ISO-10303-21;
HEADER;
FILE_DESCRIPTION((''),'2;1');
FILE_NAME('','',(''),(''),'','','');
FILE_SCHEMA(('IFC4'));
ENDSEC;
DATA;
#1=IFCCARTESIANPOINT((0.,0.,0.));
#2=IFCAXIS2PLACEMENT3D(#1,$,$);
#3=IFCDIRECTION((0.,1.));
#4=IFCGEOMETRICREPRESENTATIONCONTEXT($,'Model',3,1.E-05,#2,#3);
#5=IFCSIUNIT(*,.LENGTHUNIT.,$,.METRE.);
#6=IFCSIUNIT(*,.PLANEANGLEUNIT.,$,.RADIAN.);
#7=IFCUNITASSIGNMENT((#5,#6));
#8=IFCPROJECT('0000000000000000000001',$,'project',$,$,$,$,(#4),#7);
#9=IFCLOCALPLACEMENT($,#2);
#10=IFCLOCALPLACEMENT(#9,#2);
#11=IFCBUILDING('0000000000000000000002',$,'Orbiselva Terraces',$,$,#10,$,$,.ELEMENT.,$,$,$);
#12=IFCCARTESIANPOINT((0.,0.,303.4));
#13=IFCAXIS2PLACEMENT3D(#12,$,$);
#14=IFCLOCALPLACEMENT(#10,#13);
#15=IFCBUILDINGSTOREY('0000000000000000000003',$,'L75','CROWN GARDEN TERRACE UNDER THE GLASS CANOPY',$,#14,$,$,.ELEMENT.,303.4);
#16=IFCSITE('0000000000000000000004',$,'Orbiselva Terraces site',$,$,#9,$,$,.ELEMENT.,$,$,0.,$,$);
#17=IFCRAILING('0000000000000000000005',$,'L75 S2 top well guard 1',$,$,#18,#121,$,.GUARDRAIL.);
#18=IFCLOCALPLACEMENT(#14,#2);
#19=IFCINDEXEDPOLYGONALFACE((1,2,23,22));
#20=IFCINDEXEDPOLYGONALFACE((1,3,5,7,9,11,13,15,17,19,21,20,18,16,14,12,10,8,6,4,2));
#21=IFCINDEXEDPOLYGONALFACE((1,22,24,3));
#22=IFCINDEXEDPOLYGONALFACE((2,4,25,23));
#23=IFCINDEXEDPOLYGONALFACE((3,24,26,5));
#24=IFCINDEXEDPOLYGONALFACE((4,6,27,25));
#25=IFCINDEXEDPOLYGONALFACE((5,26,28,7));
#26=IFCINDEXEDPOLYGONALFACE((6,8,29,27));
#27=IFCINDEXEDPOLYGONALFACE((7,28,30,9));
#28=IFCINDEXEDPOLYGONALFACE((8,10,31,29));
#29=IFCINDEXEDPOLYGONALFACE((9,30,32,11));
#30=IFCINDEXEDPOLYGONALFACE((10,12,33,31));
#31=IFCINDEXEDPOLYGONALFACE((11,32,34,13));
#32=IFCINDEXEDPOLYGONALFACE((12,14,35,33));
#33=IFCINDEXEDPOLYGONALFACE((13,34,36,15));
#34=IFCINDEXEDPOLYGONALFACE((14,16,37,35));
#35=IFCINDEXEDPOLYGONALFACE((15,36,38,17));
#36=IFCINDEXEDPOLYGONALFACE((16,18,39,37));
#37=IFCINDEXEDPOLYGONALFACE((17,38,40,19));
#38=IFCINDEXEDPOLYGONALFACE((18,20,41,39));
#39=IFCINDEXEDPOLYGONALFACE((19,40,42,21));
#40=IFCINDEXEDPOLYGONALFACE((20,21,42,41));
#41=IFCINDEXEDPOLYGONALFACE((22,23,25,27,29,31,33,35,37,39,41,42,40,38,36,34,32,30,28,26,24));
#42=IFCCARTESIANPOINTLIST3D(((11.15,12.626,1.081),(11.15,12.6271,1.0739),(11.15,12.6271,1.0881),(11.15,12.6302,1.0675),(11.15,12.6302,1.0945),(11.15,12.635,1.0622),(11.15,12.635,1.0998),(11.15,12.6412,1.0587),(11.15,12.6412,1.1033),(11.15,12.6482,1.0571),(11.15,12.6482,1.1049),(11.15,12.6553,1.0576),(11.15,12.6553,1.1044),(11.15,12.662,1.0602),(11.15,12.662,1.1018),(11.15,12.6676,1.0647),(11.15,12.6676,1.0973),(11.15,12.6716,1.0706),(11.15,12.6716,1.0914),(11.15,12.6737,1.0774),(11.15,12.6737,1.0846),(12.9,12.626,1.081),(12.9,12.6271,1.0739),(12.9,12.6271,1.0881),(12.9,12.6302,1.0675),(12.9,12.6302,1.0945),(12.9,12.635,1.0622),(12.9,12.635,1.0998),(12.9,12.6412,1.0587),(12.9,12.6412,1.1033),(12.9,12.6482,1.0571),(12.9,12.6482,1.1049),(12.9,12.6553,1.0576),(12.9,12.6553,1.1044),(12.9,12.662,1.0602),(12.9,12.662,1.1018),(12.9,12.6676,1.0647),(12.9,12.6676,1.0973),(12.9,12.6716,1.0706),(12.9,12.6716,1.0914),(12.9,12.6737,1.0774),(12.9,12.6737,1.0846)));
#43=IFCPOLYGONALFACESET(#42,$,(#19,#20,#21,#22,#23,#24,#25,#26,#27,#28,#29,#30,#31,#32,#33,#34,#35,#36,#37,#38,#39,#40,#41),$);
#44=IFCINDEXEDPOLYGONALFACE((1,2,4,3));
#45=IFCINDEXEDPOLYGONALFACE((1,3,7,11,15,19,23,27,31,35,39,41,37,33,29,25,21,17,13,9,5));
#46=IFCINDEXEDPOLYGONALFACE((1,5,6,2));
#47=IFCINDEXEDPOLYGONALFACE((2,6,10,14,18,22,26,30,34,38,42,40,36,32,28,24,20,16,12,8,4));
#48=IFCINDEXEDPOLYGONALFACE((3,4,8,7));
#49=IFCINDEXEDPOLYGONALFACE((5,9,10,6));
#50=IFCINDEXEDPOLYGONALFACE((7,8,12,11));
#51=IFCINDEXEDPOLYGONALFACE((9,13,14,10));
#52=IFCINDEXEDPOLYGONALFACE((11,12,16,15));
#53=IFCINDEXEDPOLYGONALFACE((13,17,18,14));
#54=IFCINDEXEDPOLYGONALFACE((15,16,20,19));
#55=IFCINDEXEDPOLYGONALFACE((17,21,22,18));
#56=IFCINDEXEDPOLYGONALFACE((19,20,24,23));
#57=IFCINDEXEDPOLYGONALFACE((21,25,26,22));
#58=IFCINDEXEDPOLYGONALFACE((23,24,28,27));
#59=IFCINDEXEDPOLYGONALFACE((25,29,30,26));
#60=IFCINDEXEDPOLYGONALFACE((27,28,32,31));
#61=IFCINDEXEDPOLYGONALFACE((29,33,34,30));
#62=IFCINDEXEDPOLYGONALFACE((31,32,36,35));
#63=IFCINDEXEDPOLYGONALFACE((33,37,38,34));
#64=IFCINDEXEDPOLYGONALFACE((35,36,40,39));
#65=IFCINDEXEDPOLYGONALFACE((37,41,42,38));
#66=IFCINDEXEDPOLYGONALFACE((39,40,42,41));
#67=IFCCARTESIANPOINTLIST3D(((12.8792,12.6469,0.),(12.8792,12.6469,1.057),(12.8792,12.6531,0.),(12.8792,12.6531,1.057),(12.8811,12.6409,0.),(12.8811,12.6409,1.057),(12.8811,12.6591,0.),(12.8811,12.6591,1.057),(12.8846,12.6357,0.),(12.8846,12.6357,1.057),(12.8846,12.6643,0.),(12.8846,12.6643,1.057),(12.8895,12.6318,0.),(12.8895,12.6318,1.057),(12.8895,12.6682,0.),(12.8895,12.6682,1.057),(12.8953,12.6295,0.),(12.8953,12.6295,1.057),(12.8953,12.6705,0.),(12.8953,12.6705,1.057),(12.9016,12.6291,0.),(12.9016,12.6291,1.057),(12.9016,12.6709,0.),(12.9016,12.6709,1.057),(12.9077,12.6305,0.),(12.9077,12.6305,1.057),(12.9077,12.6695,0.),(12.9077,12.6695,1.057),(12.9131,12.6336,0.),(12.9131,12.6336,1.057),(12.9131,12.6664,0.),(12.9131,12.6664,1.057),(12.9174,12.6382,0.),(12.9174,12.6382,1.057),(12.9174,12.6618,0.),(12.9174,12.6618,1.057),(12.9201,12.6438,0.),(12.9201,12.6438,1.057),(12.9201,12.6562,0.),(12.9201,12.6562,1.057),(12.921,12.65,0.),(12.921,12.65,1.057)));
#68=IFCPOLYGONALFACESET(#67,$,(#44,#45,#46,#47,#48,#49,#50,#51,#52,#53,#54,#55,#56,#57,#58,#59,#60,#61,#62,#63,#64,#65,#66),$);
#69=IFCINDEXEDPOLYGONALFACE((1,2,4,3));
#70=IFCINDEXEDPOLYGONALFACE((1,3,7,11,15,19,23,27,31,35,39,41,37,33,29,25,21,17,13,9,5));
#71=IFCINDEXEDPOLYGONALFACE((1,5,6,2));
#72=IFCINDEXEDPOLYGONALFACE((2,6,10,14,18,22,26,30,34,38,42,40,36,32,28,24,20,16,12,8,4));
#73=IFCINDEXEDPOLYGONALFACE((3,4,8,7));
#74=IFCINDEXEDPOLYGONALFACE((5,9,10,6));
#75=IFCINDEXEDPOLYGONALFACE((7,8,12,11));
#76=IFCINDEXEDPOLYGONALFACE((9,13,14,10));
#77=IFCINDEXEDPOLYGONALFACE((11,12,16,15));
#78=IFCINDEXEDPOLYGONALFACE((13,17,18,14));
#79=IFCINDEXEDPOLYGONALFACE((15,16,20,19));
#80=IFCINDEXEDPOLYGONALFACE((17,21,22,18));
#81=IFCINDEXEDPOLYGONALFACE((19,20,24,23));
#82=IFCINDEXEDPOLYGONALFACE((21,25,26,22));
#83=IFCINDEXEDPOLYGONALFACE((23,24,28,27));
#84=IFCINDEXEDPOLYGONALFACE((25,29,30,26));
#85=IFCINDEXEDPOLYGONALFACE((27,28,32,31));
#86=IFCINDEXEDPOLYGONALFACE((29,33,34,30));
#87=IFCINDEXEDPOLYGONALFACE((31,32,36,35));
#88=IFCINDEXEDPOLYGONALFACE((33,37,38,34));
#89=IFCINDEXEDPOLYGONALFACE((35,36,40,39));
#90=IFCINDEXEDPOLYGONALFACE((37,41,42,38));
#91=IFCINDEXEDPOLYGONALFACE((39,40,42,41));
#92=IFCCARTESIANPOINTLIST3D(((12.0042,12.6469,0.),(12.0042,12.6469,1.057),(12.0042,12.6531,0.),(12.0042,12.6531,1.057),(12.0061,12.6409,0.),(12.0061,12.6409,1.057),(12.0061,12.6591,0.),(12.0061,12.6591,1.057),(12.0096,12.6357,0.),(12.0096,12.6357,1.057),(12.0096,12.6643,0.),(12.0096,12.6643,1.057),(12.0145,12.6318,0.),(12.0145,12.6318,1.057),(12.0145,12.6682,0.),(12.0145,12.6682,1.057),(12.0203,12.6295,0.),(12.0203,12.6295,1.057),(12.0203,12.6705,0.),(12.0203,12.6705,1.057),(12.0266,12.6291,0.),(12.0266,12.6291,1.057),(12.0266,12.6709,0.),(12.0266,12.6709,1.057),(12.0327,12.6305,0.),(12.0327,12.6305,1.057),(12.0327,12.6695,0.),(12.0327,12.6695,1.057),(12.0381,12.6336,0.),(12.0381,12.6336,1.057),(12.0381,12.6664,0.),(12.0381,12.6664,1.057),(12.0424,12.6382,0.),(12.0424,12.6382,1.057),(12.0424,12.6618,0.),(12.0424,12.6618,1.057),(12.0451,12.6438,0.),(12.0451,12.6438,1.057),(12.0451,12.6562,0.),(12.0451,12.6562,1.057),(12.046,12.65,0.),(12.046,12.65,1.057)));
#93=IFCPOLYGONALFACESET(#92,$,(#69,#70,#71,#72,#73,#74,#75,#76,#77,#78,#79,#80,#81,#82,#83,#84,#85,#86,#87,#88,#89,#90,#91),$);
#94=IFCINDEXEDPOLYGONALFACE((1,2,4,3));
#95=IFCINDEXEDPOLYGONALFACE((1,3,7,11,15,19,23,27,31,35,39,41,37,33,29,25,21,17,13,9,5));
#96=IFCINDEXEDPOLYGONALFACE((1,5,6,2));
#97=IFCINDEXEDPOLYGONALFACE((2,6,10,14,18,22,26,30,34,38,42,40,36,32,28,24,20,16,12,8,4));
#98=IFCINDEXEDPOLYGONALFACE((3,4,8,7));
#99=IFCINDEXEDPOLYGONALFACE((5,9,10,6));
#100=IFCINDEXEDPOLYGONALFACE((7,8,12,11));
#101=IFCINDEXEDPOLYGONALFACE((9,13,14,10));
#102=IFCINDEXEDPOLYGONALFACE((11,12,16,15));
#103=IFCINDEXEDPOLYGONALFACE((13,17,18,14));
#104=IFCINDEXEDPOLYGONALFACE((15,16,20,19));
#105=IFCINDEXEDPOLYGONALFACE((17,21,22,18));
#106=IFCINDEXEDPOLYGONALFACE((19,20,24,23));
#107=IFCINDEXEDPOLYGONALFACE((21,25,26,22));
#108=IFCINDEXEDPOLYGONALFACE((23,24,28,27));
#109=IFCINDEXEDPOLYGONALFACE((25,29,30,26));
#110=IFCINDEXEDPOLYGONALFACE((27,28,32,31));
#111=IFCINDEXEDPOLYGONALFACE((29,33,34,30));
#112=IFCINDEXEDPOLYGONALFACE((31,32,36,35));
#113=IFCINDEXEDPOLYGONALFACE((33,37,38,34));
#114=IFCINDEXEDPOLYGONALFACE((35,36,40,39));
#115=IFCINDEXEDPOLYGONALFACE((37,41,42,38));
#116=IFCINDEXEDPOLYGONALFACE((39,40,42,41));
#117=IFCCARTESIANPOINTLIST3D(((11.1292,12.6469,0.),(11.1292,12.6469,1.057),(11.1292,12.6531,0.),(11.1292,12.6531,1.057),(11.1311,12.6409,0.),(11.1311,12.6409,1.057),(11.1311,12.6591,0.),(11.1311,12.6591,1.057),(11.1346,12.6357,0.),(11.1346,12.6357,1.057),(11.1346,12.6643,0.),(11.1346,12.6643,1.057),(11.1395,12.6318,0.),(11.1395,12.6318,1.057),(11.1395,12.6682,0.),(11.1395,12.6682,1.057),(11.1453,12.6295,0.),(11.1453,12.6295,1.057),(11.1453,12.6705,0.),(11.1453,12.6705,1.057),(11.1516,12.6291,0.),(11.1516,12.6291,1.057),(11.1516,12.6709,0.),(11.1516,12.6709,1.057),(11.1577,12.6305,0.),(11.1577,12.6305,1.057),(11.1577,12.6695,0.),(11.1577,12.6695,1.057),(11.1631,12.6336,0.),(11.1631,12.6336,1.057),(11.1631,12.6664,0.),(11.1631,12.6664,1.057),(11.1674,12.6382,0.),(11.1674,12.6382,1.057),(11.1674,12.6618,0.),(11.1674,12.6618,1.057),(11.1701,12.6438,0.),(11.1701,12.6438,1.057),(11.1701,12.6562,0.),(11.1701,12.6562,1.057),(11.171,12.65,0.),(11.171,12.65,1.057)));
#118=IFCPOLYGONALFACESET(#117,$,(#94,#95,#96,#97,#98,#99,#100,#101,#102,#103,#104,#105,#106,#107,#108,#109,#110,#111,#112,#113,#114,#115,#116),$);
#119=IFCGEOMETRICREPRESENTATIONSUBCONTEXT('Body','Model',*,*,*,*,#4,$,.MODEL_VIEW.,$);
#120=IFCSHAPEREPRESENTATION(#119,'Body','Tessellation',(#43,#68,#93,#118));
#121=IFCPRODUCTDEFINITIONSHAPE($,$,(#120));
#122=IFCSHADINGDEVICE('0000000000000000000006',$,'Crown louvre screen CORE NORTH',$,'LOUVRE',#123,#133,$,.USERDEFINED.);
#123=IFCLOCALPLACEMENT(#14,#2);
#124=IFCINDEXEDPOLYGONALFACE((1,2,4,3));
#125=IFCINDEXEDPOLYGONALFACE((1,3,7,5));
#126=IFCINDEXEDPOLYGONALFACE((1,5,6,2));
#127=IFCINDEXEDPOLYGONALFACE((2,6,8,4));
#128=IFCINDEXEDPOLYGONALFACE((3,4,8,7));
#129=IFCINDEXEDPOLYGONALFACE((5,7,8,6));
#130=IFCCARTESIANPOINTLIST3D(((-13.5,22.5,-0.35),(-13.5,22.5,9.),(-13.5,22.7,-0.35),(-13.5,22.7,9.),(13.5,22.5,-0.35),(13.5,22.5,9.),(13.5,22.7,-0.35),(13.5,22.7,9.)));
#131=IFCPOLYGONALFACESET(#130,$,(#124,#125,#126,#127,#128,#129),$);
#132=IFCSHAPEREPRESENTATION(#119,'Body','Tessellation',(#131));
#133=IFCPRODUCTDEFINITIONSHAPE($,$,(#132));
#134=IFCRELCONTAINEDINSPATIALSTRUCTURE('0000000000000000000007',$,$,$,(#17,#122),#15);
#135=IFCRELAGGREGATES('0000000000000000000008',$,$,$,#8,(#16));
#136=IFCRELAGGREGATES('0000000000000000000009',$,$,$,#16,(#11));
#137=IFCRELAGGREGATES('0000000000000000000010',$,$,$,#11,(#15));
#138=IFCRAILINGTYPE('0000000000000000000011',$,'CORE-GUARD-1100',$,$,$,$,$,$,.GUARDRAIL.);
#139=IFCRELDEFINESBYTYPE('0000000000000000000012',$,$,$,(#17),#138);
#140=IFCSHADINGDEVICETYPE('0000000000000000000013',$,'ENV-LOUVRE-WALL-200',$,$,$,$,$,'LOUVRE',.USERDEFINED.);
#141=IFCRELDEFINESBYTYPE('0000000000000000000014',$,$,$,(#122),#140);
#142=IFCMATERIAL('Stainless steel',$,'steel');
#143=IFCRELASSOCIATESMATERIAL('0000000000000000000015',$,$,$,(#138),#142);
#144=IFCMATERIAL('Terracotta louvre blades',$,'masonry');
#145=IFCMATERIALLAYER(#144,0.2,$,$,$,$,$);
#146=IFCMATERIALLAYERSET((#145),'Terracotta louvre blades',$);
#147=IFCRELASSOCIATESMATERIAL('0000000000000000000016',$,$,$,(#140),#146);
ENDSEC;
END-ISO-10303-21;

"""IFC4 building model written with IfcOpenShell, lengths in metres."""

from ifc_helpers import new_model, si_unit, direction, frame, origin, origin_2d, place, context, subcontext, project, spatial, polyline, circle, outline, extrude, material, layer, layer_set, type_object, element, save


model = new_model("IFC4")

# Units and contexts
model_context = context("Model", 3, precision=1e-05, world=origin(), true_north=direction((0.0, 1.0)))
body_context = subcontext(model_context, "Body", "Model", "MODEL_VIEW")
ifc_project = project(units=[si_unit("LENGTHUNIT", "METRE"), si_unit("PLANEANGLEUNIT", "RADIAN")], contexts=[model_context])

# Site, building, storey
site_placement = place(None, origin())
site = spatial("IfcSite", under=ifc_project, at=site_placement, Name="Orbiselva Terraces site", CompositionType="ELEMENT", RefElevation=0.0)
building_placement = place(site_placement, origin())
building = spatial("IfcBuilding", under=site, at=building_placement, Name="Orbiselva Terraces", CompositionType="ELEMENT")
storey_placement = place(building_placement, frame((0.0, 0.0, 303.4)))
storey = spatial("IfcBuildingStorey", under=building, at=storey_placement, Name="L75", Description="CROWN GARDEN TERRACE UNDER THE GLASS CANOPY", CompositionType="ELEMENT", Elevation=303.4)

# Railing
ifc_material_1 = material(Name="Stainless steel", Category="steel")
railing_type = type_object("IfcRailingType", Name="CORE-GUARD-1100", PredefinedType="GUARDRAIL", material=ifc_material_1)
railing_placement = place(storey_placement, frame((12.9, 12.65, 0.0)))
element("IfcRailing", 1, at=railing_placement, inside=storey, type_object=railing_type, Name="L75 S2 top well guard 1", PredefinedType="GUARDRAIL", context=body_context, shape_type="SweptSolid", body=[
    extrude(circle(Radius=0.024, at=origin_2d()), frame((0.0, 0.0, 1.081), z_axis=(-1.0, 0.0, 0.0), x_axis=(0.0, -1.0, 0.0)), (0.0, 0.0, 1.0), 1.75),
    extrude(circle(Radius=0.021, at=origin_2d()), origin(), (0.0, 0.0, 1.0), 1.057),
    extrude(circle(Radius=0.021, at=origin_2d()), frame((-0.875, 0.0, 0.0)), (0.0, 0.0, 1.0), 1.057),
    extrude(circle(Radius=0.021, at=origin_2d()), frame((-1.75, 0.0, 0.0)), (0.0, 0.0, 1.0), 1.057),
])

# Shading device
ifc_material_2 = material(Name="Terracotta louvre blades", Category="masonry")
ifc_layer_1 = layer(ifc_material_2, 0.2)
ifc_layer_set_1 = layer_set([ifc_layer_1], Name="Terracotta louvre blades")
shading_device_type = type_object("IfcShadingDeviceType", Name="ENV-LOUVRE-WALL-200", ElementType="LOUVRE", PredefinedType="USERDEFINED", material=ifc_layer_set_1)
shading_device_placement = place(storey_placement, frame((13.5, 22.6, -0.35), z_axis=(0.0, 0.0, 1.0), x_axis=(-1.0, 0.0, 0.0)))
element("IfcShadingDevice", 2, at=shading_device_placement, inside=storey, type_object=shading_device_type, Name="Crown louvre screen CORE NORTH", ObjectType="LOUVRE", PredefinedType="USERDEFINED", context=body_context, shape_type="SweptSolid", body=[
    extrude(outline(polyline([(0.0, 0.0), (27.0, 0.0), (27.0, 9.35), (0.0, 9.35), (0.0, 0.0)])), frame((0.0, 0.1, 0.0), z_axis=(0.0, -1.0, 0.0), x_axis=(1.0, 0.0, 0.0)), (0.0, 0.0, 1.0), 0.2),
])

save(model, "model.ifc")
